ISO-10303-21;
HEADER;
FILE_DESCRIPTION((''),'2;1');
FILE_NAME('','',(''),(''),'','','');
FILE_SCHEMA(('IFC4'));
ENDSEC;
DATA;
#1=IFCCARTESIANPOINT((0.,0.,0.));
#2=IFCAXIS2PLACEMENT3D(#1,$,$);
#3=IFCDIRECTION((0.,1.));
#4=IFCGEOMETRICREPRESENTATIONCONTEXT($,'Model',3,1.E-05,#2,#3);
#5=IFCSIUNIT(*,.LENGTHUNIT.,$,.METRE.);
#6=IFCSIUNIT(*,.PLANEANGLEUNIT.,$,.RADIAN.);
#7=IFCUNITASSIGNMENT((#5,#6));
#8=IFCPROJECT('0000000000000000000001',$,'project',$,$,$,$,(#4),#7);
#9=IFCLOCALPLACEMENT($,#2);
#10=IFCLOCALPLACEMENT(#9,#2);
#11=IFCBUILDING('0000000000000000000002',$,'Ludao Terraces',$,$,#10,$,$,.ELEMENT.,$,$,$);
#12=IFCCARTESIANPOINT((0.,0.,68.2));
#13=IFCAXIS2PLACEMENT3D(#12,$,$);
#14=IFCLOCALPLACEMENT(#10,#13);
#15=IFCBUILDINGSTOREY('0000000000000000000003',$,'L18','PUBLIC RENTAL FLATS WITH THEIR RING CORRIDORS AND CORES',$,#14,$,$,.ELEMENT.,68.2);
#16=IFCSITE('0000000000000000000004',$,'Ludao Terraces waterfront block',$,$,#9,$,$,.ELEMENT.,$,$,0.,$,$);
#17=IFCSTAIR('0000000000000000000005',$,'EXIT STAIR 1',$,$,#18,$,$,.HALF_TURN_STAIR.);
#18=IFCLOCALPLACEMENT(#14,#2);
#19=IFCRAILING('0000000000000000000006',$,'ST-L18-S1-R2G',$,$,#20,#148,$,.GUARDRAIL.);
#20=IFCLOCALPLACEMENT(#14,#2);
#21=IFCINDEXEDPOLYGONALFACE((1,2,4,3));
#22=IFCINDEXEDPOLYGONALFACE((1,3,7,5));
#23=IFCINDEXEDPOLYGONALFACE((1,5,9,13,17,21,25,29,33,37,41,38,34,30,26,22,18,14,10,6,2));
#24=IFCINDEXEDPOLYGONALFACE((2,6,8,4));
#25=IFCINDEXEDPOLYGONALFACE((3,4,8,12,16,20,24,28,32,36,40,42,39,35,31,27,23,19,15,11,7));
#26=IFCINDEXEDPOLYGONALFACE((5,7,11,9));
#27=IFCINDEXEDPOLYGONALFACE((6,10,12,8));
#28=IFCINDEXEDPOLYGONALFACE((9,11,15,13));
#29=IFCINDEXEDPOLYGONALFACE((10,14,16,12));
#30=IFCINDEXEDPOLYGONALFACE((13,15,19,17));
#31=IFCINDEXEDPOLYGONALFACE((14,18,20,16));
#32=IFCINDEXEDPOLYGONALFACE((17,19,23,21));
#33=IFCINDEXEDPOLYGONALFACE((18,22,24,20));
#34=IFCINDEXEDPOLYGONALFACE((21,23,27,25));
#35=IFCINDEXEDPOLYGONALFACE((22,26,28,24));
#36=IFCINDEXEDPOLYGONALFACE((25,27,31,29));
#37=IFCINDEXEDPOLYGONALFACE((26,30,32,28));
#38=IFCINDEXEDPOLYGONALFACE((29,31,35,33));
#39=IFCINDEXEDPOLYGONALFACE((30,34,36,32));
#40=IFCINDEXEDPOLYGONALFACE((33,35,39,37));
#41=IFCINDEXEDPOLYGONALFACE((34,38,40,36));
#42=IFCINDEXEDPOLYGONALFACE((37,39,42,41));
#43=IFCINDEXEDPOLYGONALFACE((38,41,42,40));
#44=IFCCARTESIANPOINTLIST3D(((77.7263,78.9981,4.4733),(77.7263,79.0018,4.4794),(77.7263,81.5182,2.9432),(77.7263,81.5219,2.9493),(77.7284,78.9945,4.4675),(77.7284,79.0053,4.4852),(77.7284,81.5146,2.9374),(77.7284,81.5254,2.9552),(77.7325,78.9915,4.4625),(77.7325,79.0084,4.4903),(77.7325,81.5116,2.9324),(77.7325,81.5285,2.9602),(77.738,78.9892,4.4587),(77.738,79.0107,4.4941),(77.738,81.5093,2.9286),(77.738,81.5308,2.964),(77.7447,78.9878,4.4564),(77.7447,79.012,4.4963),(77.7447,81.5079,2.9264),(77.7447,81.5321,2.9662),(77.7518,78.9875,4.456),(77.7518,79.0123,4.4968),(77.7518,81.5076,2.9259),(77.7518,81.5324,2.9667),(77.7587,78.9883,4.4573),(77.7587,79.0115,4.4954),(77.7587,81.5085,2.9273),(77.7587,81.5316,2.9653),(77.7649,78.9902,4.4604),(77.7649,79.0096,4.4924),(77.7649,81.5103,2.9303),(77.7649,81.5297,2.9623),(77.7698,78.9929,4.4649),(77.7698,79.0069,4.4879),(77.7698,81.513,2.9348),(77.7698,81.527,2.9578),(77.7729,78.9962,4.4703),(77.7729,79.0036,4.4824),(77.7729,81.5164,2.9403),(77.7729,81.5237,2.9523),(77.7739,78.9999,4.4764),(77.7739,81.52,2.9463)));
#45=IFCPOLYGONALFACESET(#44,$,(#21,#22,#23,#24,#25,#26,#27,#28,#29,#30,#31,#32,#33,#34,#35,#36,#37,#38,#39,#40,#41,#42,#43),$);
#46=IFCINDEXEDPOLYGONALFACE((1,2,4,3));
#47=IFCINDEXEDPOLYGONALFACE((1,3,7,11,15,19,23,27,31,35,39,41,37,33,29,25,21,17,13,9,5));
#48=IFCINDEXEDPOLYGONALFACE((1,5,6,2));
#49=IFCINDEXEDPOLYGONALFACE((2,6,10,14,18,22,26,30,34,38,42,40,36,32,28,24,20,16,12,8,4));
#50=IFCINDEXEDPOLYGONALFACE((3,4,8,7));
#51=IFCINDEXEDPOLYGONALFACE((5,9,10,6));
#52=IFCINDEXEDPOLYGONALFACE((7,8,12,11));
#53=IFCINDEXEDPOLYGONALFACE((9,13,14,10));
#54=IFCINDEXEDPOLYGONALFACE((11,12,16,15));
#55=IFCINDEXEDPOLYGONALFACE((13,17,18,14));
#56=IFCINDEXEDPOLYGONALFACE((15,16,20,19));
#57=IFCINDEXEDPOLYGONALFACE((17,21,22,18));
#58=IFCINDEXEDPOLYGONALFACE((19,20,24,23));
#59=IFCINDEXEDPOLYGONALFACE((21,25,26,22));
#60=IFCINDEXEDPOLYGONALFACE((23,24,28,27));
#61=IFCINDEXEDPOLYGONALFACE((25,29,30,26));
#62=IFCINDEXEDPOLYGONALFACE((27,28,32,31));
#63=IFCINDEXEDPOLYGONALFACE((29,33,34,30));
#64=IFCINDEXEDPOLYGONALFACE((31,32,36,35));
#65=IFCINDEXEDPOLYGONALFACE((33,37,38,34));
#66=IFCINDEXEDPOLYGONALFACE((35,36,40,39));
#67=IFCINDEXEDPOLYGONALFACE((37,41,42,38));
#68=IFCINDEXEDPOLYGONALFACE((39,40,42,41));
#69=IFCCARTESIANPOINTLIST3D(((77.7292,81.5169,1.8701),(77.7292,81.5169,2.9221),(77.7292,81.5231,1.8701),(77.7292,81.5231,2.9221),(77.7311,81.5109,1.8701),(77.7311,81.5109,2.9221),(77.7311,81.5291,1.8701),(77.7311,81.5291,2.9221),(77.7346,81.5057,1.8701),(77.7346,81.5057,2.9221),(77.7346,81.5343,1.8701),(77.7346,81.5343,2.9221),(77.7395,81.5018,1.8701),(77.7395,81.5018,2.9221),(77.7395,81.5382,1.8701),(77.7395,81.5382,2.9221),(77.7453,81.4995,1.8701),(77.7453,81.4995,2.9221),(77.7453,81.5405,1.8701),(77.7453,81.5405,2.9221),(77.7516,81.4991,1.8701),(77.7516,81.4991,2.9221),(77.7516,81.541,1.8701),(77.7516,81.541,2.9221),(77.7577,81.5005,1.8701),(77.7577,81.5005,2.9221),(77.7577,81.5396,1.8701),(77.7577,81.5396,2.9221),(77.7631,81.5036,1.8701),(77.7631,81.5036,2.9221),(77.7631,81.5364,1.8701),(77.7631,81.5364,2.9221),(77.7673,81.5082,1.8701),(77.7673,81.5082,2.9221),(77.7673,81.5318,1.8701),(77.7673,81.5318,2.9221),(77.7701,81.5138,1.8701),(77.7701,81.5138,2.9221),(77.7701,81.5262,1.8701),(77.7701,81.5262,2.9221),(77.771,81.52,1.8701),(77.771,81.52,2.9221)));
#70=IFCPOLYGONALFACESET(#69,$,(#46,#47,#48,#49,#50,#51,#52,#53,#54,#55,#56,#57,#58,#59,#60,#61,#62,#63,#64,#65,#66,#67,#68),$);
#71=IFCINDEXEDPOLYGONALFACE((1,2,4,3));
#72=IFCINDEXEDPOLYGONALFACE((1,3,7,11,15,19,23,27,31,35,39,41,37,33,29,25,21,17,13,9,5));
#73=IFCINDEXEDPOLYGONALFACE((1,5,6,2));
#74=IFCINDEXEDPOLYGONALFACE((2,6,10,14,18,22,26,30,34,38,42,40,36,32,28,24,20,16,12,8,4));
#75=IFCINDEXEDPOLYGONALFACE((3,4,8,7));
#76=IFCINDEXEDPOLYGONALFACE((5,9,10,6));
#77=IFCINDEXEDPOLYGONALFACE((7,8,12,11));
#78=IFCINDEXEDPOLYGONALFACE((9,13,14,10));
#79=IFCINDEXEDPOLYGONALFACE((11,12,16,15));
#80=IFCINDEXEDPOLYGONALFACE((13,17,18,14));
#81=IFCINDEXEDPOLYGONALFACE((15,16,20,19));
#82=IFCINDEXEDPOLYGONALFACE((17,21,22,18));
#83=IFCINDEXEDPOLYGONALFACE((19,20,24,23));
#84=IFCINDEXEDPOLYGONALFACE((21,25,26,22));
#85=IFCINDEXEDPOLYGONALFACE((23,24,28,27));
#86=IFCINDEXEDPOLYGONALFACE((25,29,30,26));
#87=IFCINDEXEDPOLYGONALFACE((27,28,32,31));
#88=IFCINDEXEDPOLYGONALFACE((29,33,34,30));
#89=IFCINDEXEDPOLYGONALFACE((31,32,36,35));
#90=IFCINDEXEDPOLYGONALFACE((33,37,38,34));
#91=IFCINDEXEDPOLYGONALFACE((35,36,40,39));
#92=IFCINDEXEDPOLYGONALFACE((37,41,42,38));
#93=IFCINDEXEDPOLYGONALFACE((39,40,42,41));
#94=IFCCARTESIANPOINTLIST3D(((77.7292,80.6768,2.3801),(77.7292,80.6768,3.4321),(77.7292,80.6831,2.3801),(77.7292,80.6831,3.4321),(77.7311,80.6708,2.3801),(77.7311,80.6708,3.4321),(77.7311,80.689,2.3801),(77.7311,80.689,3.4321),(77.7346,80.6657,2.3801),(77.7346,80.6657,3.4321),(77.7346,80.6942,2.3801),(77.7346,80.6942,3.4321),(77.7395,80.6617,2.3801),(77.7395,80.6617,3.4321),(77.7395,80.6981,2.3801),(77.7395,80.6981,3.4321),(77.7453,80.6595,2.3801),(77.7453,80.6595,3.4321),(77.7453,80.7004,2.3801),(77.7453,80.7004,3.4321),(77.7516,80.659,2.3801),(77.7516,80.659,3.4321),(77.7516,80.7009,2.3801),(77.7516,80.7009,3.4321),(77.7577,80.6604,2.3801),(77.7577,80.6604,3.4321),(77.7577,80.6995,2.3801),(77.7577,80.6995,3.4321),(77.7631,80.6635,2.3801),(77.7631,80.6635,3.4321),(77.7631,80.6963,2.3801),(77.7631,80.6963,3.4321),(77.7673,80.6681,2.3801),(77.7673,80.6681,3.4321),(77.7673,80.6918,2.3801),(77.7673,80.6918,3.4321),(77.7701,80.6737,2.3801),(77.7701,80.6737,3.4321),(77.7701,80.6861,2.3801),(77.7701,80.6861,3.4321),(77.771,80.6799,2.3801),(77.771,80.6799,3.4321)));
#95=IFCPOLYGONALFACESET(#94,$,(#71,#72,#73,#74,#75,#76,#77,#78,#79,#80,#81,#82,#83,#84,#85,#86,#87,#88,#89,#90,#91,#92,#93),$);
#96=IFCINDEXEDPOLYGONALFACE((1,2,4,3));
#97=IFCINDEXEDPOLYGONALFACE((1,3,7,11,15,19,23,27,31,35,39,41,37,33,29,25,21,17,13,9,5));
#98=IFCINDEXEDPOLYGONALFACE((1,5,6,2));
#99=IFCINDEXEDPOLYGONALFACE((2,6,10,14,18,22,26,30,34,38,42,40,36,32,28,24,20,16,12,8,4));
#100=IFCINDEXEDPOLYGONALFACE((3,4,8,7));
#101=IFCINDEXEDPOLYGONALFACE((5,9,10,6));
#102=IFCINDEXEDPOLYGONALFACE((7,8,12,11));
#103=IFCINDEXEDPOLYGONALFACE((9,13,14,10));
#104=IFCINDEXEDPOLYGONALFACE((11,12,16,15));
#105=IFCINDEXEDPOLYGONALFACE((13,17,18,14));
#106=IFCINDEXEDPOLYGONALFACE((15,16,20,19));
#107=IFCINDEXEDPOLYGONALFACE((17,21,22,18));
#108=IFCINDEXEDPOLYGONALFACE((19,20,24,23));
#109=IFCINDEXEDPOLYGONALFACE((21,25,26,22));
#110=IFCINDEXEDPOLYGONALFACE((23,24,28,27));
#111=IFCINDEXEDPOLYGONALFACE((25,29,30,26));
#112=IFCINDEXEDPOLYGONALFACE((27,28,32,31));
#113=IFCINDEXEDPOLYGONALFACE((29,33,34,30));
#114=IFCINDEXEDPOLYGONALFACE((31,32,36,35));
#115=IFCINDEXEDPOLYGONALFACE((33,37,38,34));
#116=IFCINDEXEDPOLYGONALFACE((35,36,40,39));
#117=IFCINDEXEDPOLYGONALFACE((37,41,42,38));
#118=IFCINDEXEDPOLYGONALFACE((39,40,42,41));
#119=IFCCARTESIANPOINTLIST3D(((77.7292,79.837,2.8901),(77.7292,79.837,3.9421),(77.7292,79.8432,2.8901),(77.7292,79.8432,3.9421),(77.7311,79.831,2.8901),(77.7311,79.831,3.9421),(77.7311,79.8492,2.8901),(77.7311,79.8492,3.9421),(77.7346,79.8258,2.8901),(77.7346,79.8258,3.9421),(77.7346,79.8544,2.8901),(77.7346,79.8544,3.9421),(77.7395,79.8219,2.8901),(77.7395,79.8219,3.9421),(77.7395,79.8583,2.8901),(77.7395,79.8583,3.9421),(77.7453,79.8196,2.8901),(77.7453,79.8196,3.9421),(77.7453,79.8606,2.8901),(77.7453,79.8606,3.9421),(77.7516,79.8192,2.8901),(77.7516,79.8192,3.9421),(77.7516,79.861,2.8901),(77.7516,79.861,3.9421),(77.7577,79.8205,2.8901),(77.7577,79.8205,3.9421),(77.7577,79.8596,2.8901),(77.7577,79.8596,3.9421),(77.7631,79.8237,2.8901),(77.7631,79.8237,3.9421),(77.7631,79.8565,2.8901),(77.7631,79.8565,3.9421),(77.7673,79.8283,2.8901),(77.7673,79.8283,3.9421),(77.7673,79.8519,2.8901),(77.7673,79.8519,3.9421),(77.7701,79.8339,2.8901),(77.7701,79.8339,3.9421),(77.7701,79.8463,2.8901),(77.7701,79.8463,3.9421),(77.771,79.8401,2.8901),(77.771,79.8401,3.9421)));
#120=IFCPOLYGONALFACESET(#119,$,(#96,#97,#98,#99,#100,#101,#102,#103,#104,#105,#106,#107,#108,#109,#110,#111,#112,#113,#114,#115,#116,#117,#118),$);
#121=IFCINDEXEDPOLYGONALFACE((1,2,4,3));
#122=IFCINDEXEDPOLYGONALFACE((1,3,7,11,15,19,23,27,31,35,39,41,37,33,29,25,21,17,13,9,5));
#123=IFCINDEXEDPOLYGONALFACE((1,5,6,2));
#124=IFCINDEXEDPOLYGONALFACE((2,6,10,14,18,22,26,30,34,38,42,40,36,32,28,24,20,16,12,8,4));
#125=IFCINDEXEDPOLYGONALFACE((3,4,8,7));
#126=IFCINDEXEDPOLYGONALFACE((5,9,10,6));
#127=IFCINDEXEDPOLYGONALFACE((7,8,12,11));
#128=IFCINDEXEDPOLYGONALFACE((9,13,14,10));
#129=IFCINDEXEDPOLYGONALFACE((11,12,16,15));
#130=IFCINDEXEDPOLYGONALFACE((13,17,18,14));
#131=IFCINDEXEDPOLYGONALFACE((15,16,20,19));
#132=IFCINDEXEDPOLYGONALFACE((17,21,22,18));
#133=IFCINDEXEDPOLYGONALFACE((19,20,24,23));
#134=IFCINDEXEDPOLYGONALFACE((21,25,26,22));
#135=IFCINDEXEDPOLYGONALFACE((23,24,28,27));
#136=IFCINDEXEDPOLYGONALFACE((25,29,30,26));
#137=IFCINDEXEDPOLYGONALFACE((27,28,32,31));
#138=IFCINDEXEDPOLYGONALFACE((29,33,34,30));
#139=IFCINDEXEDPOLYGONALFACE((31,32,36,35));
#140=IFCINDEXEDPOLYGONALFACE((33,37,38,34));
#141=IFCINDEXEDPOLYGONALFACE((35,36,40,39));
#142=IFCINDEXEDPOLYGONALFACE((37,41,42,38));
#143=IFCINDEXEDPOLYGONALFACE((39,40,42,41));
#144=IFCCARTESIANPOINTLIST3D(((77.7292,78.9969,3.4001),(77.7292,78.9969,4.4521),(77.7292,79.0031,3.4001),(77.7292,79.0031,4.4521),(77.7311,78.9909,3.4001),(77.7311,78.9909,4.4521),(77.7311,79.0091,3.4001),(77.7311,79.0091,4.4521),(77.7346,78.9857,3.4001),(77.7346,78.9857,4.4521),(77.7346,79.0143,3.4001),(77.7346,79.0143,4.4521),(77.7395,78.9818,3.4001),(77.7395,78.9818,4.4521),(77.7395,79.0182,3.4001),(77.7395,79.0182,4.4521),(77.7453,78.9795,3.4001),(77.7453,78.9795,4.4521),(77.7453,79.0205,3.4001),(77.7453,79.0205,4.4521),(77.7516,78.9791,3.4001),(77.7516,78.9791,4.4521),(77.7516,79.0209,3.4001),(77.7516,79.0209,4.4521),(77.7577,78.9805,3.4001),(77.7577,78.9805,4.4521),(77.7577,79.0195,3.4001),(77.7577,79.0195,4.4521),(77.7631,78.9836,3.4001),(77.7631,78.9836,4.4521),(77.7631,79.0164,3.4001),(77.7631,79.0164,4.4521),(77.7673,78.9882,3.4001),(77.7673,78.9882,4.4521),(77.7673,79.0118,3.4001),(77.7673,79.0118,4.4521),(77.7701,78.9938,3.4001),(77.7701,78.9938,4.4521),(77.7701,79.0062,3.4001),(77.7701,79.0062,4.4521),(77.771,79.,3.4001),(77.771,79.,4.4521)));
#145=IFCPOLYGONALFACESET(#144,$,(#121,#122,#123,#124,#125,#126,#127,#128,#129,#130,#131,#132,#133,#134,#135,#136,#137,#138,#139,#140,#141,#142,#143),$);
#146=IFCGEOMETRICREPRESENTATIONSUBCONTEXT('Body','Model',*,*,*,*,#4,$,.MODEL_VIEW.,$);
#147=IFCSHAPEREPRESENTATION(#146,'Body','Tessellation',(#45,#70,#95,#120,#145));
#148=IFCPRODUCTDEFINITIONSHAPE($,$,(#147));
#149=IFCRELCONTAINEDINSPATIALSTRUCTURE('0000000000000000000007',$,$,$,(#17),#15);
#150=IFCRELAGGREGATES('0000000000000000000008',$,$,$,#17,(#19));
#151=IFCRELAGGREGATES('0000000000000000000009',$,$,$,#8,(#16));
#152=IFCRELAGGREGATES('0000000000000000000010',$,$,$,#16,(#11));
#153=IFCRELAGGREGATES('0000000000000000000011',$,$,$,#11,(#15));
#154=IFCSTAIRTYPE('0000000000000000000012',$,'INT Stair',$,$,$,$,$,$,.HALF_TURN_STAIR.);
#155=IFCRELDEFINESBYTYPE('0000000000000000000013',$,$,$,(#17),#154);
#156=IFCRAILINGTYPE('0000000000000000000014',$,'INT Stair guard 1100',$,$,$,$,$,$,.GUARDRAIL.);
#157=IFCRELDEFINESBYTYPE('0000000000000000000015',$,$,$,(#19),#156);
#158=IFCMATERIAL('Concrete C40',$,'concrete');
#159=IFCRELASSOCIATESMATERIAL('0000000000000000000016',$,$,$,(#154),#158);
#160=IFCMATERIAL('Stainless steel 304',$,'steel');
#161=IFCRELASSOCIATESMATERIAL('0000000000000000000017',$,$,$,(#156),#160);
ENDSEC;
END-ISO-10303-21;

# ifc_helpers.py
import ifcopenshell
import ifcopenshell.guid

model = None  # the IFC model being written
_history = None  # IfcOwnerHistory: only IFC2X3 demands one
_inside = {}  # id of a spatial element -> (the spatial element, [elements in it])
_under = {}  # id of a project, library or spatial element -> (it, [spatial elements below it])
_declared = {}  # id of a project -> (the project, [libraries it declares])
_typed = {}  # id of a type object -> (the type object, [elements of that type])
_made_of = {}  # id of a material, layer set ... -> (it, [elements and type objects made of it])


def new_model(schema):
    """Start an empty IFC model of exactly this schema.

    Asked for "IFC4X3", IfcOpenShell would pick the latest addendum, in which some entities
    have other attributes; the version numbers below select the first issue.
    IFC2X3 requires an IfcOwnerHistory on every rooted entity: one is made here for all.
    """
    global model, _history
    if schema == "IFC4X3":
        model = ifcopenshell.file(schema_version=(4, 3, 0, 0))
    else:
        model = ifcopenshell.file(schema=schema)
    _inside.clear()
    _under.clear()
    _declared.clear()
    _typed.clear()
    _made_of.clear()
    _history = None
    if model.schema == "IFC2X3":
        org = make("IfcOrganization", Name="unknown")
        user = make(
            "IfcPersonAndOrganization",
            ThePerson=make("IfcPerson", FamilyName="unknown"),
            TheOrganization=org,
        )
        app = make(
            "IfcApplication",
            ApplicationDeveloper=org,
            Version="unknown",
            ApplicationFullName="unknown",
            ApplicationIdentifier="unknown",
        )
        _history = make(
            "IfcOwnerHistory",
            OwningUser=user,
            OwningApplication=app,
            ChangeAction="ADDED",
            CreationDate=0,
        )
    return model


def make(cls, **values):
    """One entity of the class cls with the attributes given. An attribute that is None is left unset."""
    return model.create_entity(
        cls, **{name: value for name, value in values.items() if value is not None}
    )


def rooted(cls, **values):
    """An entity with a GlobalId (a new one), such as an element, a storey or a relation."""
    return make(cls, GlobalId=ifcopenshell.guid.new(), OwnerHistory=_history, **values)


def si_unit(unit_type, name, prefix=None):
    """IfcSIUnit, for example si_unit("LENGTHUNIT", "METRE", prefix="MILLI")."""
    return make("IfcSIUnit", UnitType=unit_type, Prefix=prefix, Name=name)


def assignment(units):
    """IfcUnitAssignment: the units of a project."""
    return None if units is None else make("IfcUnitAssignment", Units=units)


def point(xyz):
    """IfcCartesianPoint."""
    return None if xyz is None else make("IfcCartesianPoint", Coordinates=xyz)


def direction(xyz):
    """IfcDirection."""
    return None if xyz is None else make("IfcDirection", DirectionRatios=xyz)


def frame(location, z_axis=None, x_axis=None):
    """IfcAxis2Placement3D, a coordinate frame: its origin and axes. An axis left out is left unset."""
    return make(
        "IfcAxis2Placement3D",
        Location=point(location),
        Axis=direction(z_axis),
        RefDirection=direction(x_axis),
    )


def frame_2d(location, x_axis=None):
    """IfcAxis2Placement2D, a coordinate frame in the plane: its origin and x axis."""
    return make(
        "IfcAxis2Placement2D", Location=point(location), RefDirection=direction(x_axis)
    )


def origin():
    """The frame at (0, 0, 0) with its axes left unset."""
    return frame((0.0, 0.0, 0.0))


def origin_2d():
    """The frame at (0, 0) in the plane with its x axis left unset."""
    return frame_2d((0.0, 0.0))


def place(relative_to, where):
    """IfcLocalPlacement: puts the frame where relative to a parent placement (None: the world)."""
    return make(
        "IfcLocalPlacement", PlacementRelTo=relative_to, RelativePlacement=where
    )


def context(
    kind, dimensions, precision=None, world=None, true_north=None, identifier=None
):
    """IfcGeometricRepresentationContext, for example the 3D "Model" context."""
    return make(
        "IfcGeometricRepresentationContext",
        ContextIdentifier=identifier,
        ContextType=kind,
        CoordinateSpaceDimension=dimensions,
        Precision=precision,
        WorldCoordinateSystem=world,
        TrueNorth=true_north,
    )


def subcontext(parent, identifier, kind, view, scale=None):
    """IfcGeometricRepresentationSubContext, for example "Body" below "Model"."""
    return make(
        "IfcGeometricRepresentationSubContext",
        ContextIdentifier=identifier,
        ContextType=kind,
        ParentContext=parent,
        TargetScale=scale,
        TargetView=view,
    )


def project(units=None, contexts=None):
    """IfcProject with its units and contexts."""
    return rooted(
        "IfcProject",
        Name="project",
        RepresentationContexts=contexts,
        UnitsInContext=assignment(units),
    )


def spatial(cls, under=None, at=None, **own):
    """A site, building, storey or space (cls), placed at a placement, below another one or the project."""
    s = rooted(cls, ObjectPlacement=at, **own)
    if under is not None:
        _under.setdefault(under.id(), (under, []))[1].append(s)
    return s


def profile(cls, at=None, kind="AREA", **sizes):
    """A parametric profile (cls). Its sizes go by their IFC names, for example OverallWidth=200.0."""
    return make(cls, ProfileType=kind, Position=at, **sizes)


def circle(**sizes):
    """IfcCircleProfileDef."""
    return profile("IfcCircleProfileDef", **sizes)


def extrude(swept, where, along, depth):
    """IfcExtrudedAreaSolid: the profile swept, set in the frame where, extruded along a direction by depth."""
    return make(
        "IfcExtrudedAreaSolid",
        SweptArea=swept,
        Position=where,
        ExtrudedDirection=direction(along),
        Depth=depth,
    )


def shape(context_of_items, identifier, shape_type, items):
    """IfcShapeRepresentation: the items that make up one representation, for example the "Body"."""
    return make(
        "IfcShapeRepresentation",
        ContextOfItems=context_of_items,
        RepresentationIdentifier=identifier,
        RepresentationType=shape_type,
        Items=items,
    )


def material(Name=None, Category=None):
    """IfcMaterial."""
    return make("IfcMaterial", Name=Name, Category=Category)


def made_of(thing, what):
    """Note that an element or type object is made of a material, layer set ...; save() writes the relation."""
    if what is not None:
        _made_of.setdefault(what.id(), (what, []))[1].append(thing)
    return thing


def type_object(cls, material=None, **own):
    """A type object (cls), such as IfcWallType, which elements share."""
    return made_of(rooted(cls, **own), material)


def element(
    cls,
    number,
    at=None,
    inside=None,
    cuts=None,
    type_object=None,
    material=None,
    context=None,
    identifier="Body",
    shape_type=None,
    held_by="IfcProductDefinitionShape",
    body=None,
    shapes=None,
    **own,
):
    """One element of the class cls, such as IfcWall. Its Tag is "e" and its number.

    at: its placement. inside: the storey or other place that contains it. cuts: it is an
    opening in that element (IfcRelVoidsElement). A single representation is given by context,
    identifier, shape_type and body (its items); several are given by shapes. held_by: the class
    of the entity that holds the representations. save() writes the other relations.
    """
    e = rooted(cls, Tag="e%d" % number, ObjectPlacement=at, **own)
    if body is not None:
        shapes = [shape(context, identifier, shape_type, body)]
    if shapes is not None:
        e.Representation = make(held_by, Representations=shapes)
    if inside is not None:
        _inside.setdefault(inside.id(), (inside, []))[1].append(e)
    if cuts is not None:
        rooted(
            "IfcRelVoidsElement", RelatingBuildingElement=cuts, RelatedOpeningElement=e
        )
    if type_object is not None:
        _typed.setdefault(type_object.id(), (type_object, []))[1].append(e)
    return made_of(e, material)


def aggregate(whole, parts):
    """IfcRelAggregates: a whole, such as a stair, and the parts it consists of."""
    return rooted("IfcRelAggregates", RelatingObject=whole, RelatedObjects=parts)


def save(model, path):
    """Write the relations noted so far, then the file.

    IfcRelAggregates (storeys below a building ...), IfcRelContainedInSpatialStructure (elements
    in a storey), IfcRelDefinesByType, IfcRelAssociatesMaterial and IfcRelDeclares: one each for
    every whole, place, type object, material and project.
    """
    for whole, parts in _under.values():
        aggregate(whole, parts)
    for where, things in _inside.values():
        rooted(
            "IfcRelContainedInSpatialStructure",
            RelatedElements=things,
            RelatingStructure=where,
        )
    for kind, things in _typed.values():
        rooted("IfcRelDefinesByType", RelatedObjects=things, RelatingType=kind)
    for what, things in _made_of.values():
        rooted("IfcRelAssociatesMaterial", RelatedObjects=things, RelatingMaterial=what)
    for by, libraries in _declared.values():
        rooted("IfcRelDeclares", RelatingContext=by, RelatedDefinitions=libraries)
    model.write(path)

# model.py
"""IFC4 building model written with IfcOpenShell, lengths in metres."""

from ifc_helpers import new_model, si_unit, direction, frame, origin, origin_2d, place, context, subcontext, project, spatial, circle, extrude, material, type_object, element, aggregate, save


model = new_model("IFC4")

# Units and contexts
model_context = context("Model", 3, precision=1e-05, world=origin(), true_north=direction((0.0, 1.0)))
body_context = subcontext(model_context, "Body", "Model", "MODEL_VIEW")
ifc_project = project(units=[si_unit("LENGTHUNIT", "METRE"), si_unit("PLANEANGLEUNIT", "RADIAN")], contexts=[model_context])

# Site, building, storey
site_placement = place(None, origin())
site = spatial("IfcSite", under=ifc_project, at=site_placement, Name="Ludao Terraces waterfront block", CompositionType="ELEMENT", RefElevation=0.0)
building_placement = place(site_placement, origin())
building = spatial("IfcBuilding", under=site, at=building_placement, Name="Ludao Terraces", CompositionType="ELEMENT")
storey_placement = place(building_placement, frame((0.0, 0.0, 68.2)))
storey = spatial("IfcBuildingStorey", under=building, at=storey_placement, Name="L18", Description="PUBLIC RENTAL FLATS WITH THEIR RING CORRIDORS AND CORES", CompositionType="ELEMENT", Elevation=68.2)

# Stair, railing
ifc_material_1 = material(Name="Concrete C40", Category="concrete")
stair_type = type_object("IfcStairType", Name="INT Stair", PredefinedType="HALF_TURN_STAIR", material=ifc_material_1)
stair_placement = place(storey_placement, origin())
stair = element("IfcStair", 1, at=stair_placement, inside=storey, type_object=stair_type, Name="EXIT STAIR 1", PredefinedType="HALF_TURN_STAIR")
ifc_material_2 = material(Name="Stainless steel 304", Category="steel")
railing_type_1 = type_object("IfcRailingType", Name="INT Stair guard 1100", PredefinedType="GUARDRAIL", material=ifc_material_2)
railing_1_placement = place(storey_placement, frame((77.75, 81.52, 1.8701)))
railing_1 = element("IfcRailing", 2, at=railing_1_placement, type_object=railing_type_1, Name="ST-L18-S1-R2G", PredefinedType="GUARDRAIL", context=body_context, shape_type="SweptSolid", body=[
    extrude(circle(Radius=0.0239, at=origin_2d()), frame((0.0, 0.0, 1.0762), z_axis=(0.0, -0.854785, 0.518982), x_axis=(1.0, 0.0, 0.0)), (0.0, 0.0, 1.0), 2.9482),
    extrude(circle(Radius=0.021, at=origin_2d()), origin(), (0.0, 0.0, 1.0), 1.052),
    extrude(circle(Radius=0.021, at=origin_2d()), frame((0.0, -0.8401, 0.51)), (0.0, 0.0, 1.0), 1.052),
    extrude(circle(Radius=0.021, at=origin_2d()), frame((0.0, -1.6799, 1.02)), (0.0, 0.0, 1.0), 1.052),
    extrude(circle(Radius=0.021, at=origin_2d()), frame((0.0, -2.52, 1.53)), (0.0, 0.0, 1.0), 1.052),
])
aggregate(stair, [railing_1])

save(model, "model.ifc")
